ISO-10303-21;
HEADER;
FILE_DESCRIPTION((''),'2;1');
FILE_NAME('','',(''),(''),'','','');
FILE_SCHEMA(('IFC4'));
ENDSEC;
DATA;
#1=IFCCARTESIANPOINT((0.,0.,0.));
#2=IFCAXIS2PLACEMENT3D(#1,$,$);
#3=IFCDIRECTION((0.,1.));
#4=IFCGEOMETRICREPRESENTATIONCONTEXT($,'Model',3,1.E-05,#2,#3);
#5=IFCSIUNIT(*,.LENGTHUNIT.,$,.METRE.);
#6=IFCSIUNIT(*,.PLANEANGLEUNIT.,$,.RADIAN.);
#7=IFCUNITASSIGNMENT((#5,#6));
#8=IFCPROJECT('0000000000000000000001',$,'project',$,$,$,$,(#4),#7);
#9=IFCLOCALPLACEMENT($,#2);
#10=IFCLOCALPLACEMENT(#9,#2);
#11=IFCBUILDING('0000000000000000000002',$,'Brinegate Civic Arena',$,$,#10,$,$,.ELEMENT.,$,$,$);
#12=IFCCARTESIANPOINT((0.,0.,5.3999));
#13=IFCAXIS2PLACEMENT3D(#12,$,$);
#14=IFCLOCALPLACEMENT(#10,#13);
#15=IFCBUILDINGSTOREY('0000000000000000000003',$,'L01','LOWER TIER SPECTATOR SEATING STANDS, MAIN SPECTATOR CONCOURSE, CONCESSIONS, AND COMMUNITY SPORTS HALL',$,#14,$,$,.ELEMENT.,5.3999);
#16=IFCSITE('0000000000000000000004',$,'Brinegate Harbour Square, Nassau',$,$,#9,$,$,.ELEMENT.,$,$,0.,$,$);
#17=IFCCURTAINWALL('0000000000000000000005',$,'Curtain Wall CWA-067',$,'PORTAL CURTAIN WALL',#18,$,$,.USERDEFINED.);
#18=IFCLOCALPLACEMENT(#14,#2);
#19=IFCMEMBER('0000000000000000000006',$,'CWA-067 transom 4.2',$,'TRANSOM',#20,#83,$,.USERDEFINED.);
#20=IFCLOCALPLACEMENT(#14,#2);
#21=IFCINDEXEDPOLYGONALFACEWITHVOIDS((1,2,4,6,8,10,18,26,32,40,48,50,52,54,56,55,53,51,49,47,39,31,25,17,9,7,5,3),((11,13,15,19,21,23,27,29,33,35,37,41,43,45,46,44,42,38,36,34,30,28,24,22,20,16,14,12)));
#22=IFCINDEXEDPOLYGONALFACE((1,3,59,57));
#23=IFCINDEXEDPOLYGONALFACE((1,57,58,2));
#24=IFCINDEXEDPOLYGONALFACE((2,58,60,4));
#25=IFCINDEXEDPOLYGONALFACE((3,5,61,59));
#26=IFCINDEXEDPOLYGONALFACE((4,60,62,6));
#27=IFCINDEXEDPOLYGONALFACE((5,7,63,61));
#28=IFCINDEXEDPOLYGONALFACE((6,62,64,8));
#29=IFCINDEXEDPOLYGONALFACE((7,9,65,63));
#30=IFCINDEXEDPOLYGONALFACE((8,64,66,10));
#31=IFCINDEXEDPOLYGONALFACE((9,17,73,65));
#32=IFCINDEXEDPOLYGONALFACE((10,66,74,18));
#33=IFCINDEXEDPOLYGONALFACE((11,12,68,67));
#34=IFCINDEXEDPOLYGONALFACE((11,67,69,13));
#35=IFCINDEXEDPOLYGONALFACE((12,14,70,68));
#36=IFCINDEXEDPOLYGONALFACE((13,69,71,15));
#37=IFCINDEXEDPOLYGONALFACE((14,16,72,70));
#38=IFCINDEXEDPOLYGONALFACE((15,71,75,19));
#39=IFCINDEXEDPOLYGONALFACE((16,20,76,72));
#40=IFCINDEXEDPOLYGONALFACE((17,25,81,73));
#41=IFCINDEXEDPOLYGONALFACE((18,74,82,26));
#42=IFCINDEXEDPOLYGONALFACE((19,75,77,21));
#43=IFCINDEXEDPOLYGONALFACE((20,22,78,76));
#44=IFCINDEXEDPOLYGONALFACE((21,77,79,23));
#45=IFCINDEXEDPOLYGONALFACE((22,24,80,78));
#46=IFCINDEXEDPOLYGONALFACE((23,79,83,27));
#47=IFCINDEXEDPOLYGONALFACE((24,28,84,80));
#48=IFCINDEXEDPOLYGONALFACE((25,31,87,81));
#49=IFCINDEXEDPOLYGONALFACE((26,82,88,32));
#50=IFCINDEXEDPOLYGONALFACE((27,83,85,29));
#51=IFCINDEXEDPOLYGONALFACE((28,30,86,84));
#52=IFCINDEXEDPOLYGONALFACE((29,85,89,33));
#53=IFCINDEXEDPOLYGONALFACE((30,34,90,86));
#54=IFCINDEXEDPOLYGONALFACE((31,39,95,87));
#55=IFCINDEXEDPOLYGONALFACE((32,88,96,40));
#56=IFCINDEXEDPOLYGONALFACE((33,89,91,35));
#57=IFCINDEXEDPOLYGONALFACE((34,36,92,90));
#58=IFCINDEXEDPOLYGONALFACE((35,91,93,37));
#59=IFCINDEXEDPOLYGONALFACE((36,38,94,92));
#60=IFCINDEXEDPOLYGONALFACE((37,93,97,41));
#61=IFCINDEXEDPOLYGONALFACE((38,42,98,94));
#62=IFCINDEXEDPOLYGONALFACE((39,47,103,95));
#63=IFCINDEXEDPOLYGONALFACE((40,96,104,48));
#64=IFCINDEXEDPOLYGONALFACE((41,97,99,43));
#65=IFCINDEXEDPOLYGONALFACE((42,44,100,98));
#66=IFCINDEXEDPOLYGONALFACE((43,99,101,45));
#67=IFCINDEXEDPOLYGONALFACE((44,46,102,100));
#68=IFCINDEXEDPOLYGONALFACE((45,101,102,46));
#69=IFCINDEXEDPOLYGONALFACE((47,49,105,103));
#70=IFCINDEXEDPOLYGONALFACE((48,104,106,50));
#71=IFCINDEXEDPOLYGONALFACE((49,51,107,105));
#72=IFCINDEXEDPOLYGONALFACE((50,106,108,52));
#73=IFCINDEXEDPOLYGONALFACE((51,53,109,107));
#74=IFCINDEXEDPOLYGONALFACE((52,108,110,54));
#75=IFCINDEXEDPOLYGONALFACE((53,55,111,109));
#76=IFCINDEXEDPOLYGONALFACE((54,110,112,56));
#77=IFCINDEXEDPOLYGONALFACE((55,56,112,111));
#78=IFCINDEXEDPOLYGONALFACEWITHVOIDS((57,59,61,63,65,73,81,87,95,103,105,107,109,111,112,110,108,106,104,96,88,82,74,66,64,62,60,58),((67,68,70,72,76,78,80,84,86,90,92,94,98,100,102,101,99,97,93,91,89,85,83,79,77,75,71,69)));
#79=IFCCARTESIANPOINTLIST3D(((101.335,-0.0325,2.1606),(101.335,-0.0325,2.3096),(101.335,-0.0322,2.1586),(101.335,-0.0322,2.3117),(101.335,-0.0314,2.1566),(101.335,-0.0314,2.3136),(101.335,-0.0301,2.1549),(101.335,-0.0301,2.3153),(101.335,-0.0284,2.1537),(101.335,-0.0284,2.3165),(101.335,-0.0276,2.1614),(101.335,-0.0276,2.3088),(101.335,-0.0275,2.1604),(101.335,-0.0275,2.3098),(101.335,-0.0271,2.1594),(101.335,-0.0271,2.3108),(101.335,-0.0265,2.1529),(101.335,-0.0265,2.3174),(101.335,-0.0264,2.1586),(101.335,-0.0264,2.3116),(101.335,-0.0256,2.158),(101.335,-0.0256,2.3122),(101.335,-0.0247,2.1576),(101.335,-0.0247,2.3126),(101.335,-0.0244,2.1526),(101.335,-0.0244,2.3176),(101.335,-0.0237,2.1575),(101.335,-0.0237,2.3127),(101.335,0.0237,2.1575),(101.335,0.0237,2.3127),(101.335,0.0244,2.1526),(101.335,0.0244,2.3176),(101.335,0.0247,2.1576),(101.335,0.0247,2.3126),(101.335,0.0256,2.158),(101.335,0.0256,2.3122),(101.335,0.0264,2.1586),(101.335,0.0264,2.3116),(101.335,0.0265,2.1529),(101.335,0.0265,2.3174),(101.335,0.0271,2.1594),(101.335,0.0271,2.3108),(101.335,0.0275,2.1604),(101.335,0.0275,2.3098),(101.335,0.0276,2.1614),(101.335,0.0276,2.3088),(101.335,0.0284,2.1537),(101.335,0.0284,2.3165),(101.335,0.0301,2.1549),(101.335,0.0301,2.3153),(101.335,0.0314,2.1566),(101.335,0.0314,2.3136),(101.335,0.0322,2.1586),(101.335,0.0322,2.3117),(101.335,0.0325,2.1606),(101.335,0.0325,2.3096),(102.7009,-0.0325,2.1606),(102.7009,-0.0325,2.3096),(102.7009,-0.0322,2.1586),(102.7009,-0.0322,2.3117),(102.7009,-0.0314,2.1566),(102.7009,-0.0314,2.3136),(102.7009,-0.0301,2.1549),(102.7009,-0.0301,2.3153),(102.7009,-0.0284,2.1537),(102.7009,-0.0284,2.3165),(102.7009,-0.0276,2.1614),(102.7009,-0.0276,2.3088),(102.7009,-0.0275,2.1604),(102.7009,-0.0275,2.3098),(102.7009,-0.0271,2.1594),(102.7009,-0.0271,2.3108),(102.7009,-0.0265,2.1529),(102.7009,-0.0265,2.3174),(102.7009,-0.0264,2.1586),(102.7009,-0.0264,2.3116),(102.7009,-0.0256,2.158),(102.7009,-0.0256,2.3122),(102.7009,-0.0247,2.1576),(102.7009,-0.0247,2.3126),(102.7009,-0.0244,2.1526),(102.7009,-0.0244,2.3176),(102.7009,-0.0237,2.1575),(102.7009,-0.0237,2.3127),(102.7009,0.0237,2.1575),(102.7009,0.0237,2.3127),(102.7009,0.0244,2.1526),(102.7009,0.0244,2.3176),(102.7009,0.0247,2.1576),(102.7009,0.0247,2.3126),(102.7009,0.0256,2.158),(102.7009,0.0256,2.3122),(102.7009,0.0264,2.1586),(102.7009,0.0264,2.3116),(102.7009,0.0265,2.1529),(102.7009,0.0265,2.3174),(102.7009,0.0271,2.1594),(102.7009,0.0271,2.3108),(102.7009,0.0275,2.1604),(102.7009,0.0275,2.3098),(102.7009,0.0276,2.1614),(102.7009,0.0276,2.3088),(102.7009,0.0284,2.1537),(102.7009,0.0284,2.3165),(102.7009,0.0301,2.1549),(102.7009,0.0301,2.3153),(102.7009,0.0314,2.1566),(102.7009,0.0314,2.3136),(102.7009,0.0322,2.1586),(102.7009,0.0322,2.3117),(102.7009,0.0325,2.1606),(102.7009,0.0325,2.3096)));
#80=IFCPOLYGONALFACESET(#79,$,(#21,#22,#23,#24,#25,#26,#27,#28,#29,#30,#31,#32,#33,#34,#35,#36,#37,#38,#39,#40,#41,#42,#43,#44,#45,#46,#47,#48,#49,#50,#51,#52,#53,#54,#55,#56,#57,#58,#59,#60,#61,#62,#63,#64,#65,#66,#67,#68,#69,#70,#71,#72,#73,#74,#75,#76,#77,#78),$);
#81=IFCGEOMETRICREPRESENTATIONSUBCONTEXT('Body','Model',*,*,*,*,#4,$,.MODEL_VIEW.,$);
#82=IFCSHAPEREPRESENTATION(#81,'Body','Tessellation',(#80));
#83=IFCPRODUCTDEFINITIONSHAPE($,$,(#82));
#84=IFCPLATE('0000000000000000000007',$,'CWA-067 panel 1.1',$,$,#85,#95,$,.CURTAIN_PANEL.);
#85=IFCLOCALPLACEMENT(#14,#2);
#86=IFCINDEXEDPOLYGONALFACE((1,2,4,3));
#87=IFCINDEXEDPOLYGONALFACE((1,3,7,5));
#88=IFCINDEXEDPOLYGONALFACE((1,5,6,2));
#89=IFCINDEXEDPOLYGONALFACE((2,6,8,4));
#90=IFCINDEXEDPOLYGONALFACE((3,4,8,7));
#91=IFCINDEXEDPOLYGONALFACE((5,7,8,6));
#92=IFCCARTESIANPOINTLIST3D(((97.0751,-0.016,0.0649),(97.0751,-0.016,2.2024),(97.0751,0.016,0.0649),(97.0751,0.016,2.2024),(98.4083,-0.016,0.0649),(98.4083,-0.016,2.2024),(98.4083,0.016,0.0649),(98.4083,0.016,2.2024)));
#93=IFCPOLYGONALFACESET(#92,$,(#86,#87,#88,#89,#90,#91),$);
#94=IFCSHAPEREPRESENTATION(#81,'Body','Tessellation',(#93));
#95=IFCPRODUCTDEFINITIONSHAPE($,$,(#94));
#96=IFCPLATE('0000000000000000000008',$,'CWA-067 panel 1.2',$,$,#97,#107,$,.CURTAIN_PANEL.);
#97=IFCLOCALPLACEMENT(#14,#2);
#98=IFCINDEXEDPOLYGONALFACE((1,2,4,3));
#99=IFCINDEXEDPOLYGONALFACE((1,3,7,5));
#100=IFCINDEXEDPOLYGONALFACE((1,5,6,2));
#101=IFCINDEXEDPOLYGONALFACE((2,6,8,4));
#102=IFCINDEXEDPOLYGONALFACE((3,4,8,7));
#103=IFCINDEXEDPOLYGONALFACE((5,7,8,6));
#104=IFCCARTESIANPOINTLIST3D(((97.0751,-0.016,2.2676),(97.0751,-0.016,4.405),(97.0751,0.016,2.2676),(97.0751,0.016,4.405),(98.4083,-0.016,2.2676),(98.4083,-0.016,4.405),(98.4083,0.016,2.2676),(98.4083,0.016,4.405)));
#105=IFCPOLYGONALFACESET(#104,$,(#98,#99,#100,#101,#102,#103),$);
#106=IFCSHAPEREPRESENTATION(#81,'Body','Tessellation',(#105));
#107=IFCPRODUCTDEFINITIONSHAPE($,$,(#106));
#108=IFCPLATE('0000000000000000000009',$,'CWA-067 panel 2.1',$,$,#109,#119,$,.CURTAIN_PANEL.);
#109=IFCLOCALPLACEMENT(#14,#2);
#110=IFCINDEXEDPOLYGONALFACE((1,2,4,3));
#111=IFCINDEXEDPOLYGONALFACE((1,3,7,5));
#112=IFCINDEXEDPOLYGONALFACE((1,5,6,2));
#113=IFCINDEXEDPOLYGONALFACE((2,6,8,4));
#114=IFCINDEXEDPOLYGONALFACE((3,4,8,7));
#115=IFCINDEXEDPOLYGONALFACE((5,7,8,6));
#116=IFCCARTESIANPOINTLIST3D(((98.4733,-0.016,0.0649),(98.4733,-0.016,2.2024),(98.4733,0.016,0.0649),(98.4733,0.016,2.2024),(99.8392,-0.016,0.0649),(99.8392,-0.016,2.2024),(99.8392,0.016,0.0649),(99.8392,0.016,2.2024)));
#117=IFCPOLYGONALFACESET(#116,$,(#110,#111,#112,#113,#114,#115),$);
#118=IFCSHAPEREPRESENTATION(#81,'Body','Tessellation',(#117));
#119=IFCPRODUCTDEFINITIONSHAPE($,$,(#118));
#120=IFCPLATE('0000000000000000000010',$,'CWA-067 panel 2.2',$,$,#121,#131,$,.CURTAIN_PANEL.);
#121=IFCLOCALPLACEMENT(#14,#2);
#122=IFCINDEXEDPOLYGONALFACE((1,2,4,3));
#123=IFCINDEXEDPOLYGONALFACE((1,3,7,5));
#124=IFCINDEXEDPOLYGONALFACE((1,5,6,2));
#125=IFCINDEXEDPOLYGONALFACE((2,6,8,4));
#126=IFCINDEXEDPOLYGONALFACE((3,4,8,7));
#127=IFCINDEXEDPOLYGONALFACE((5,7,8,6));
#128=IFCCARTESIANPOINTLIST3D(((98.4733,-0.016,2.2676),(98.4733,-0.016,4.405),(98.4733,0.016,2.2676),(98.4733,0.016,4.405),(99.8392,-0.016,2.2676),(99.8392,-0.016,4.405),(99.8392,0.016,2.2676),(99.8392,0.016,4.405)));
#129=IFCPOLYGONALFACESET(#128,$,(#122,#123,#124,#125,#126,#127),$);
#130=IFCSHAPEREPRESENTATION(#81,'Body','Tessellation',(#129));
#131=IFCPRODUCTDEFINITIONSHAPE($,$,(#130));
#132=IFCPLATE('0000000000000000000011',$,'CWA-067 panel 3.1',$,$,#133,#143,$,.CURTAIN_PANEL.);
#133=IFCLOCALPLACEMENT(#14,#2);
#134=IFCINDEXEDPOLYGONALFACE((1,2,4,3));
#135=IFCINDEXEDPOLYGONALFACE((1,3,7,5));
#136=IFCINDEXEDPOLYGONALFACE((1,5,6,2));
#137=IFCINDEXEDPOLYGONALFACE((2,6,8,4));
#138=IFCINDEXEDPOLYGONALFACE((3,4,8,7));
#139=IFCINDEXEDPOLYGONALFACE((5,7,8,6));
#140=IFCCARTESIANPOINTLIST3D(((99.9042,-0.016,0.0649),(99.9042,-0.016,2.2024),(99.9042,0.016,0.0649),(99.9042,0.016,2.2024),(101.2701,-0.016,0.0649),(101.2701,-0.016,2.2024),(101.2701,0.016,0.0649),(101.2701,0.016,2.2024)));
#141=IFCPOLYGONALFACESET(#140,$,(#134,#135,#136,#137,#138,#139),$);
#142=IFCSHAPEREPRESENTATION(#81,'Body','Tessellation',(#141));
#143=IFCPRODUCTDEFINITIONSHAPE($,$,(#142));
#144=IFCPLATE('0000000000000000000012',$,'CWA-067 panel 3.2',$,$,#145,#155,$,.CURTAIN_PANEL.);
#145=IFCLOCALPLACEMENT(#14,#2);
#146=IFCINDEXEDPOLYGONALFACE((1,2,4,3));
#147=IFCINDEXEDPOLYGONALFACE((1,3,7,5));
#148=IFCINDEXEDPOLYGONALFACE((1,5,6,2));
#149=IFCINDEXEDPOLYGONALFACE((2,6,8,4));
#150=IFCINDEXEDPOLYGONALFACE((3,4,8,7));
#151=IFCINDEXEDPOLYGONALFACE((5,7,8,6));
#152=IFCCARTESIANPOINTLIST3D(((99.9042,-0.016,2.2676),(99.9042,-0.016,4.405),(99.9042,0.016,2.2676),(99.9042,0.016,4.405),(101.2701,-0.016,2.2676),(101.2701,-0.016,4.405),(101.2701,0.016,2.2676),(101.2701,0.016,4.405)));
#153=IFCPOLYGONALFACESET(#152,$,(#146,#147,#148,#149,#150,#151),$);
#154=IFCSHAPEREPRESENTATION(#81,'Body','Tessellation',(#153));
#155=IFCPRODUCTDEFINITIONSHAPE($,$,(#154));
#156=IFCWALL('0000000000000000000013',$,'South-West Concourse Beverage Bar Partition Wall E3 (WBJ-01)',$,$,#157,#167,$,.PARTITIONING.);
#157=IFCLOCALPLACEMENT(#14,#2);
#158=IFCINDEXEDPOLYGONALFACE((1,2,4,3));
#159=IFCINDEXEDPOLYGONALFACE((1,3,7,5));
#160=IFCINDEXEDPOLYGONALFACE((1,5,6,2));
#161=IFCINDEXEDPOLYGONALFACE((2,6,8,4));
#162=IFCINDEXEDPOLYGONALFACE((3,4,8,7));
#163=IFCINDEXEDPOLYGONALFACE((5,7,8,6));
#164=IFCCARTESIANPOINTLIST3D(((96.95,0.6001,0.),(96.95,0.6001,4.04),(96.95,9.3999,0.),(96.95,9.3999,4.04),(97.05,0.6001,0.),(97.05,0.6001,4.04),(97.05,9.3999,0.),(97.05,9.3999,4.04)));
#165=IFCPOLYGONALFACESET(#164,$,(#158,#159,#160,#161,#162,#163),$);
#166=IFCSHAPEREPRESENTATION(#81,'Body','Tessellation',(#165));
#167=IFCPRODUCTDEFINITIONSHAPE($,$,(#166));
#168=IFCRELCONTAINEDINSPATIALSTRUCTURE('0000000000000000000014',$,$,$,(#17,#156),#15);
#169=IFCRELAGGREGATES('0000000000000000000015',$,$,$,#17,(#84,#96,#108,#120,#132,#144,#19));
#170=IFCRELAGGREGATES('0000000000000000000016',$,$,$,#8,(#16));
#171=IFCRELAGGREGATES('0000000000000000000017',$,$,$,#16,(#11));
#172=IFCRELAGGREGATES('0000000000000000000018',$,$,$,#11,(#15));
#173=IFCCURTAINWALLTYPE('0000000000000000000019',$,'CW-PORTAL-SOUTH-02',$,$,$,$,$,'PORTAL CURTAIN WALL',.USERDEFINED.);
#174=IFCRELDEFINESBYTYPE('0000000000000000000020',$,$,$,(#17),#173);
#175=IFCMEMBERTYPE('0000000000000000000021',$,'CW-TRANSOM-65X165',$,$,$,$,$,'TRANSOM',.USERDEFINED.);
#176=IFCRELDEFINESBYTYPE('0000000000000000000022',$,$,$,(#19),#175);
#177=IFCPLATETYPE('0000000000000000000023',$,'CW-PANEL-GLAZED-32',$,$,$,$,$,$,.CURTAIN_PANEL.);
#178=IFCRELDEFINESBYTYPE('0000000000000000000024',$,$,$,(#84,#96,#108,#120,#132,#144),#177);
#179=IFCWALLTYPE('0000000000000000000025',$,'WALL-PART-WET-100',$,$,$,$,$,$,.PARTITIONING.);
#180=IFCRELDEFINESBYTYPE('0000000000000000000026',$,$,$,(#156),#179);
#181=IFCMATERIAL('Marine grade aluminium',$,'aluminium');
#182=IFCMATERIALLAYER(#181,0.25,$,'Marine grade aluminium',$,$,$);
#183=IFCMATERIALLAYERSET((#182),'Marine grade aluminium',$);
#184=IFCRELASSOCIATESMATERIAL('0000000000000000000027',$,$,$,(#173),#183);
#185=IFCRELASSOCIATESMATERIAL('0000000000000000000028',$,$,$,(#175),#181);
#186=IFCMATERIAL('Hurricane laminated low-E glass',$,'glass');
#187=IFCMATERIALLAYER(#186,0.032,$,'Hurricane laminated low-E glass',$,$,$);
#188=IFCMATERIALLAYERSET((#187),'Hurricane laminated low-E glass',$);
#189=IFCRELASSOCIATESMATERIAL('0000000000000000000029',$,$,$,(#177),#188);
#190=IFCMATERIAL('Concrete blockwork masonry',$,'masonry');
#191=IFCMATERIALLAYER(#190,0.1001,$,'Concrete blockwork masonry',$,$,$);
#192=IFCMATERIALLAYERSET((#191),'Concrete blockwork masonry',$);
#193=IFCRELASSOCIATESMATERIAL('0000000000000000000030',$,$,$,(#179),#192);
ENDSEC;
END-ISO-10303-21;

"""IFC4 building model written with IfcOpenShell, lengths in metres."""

from ifc_helpers import new_model, si_unit, direction, frame, frame_2d, origin, origin_2d, place, context, subcontext, project, spatial, rectangle, hollow_rectangle, extrude, material, layer, layer_set, material_profile, profile_set, type_object, element, aggregate, save


model = new_model("IFC4")

# Units and contexts
model_context = context("Model", 3, precision=1e-05, world=origin(), true_north=direction((0.0, 1.0)))
body_context = subcontext(model_context, "Body", "Model", "MODEL_VIEW")
ifc_project = project(units=[si_unit("LENGTHUNIT", "METRE"), si_unit("PLANEANGLEUNIT", "RADIAN")], contexts=[model_context])

# Site, building, storey
site_placement = place(None, origin())
site = spatial("IfcSite", under=ifc_project, at=site_placement, Name="Brinegate Harbour Square, Nassau", CompositionType="ELEMENT", RefElevation=0.0)
building_placement = place(site_placement, origin())
building = spatial("IfcBuilding", under=site, at=building_placement, Name="Brinegate Civic Arena", CompositionType="ELEMENT")
storey_placement = place(building_placement, frame((0.0, 0.0, 5.3999)))
storey = spatial("IfcBuildingStorey", under=building, at=storey_placement, Name="L01", Description="LOWER TIER SPECTATOR SEATING STANDS, MAIN SPECTATOR CONCOURSE, CONCESSIONS, AND COMMUNITY SPORTS HALL", CompositionType="ELEMENT", Elevation=5.3999)

# Curtain wall, member, plates
ifc_material_1 = material(Name="Marine grade aluminium", Category="aluminium")
ifc_layer_1 = layer(ifc_material_1, 0.25, Name="Marine grade aluminium")
ifc_layer_set_1 = layer_set([ifc_layer_1], Name="Marine grade aluminium")
curtain_wall_type = type_object("IfcCurtainWallType", Name="CW-PORTAL-SOUTH-02", ElementType="PORTAL CURTAIN WALL", PredefinedType="USERDEFINED", material=ifc_layer_set_1)
curtain_wall_placement = place(storey_placement, origin())
curtain_wall = element("IfcCurtainWall", 1, at=curtain_wall_placement, inside=storey, type_object=curtain_wall_type, Name="Curtain Wall CWA-067", ObjectType="PORTAL CURTAIN WALL", PredefinedType="USERDEFINED")
ifc_material_profile_1 = material_profile(ifc_material_1, hollow_rectangle(XDim=0.0649, YDim=0.165, WallThickness=0.0049, InnerFilletRadius=0.0039, OuterFilletRadius=0.0081, at=origin_2d()), Name="TRN65X165")
ifc_profile_set_1 = profile_set([ifc_material_profile_1], Name="Marine grade aluminium")
member_type_1 = type_object("IfcMemberType", Name="CW-TRANSOM-65X165", ElementType="TRANSOM", PredefinedType="USERDEFINED", material=ifc_profile_set_1)
member_1_placement = place(storey_placement, frame((101.335, 0.0, 2.2351), z_axis=(1.0, 0.0, 0.0), x_axis=(0.0, 1.0, 0.0)))
member_1 = element("IfcMember", 2, at=member_1_placement, type_object=member_type_1, Name="CWA-067 transom 4.2", ObjectType="TRANSOM", PredefinedType="USERDEFINED", context=body_context, shape_type="SweptSolid", body=[
    extrude(hollow_rectangle(XDim=0.0649, YDim=0.165, WallThickness=0.0049, InnerFilletRadius=0.0039, OuterFilletRadius=0.0081, at=origin_2d()), origin(), (0.0, 0.0, 1.0), 1.366),
])
ifc_material_2 = material(Name="Hurricane laminated low-E glass", Category="glass")
ifc_layer_2 = layer(ifc_material_2, 0.032, Name="Hurricane laminated low-E glass")
ifc_layer_set_2 = layer_set([ifc_layer_2], Name="Hurricane laminated low-E glass")
plate_type = type_object("IfcPlateType", Name="CW-PANEL-GLAZED-32", PredefinedType="CURTAIN_PANEL", material=ifc_layer_set_2)
plate_1_placement = place(storey_placement, frame((97.7417, 0.0, 0.0649), z_axis=(0.0, 0.0, 1.0), x_axis=(1.0, 0.0, 0.0)))
plate_1 = element("IfcPlate", 3, at=plate_1_placement, type_object=plate_type, Name="CWA-067 panel 1.1", PredefinedType="CURTAIN_PANEL", context=body_context, shape_type="SweptSolid", body=[
    extrude(rectangle(XDim=1.3333, YDim=0.032, at=origin_2d()), origin(), (0.0, 0.0, 1.0), 2.1375),
])
plate_2_placement = place(storey_placement, frame((97.7417, 0.0, 2.2676), z_axis=(0.0, 0.0, 1.0), x_axis=(1.0, 0.0, 0.0)))
plate_2 = element("IfcPlate", 4, at=plate_2_placement, type_object=plate_type, Name="CWA-067 panel 1.2", PredefinedType="CURTAIN_PANEL", context=body_context, shape_type="SweptSolid", body=[
    extrude(rectangle(XDim=1.3333, YDim=0.032, at=origin_2d()), origin(), (0.0, 0.0, 1.0), 2.1375),
])
plate_3_placement = place(storey_placement, frame((99.1562, 0.0, 0.0649), z_axis=(0.0, 0.0, 1.0), x_axis=(1.0, 0.0, 0.0)))
plate_3 = element("IfcPlate", 5, at=plate_3_placement, type_object=plate_type, Name="CWA-067 panel 2.1", PredefinedType="CURTAIN_PANEL", context=body_context, shape_type="SweptSolid", body=[
    extrude(rectangle(XDim=1.366, YDim=0.032, at=origin_2d()), origin(), (0.0, 0.0, 1.0), 2.1375),
])
plate_4_placement = place(storey_placement, frame((99.1562, 0.0, 2.2676), z_axis=(0.0, 0.0, 1.0), x_axis=(1.0, 0.0, 0.0)))
plate_4 = element("IfcPlate", 6, at=plate_4_placement, type_object=plate_type, Name="CWA-067 panel 2.2", PredefinedType="CURTAIN_PANEL", context=body_context, shape_type="SweptSolid", body=[
    extrude(rectangle(XDim=1.366, YDim=0.032, at=origin_2d()), origin(), (0.0, 0.0, 1.0), 2.1375),
])
plate_5_placement = place(storey_placement, frame((100.5872, 0.0, 0.0649), z_axis=(0.0, 0.0, 1.0), x_axis=(1.0, 0.0, 0.0)))
plate_5 = element("IfcPlate", 7, at=plate_5_placement, type_object=plate_type, Name="CWA-067 panel 3.1", PredefinedType="CURTAIN_PANEL", context=body_context, shape_type="SweptSolid", body=[
    extrude(rectangle(XDim=1.366, YDim=0.032, at=origin_2d()), origin(), (0.0, 0.0, 1.0), 2.1375),
])
plate_6_placement = place(storey_placement, frame((100.5872, 0.0, 2.2676), z_axis=(0.0, 0.0, 1.0), x_axis=(1.0, 0.0, 0.0)))
plate_6 = element("IfcPlate", 8, at=plate_6_placement, type_object=plate_type, Name="CWA-067 panel 3.2", PredefinedType="CURTAIN_PANEL", context=body_context, shape_type="SweptSolid", body=[
    extrude(rectangle(XDim=1.366, YDim=0.032, at=origin_2d()), origin(), (0.0, 0.0, 1.0), 2.1375),
])
aggregate(curtain_wall, [plate_1, plate_2, plate_3, plate_4, plate_5, plate_6, member_1])

# Wall
ifc_material_3 = material(Name="Concrete blockwork masonry", Category="masonry")
ifc_layer_3 = layer(ifc_material_3, 0.1001, Name="Concrete blockwork masonry")
ifc_layer_set_3 = layer_set([ifc_layer_3], Name="Concrete blockwork masonry")
wall_type = type_object("IfcWallType", Name="WALL-PART-WET-100", PredefinedType="PARTITIONING", material=ifc_layer_set_3)
wall_placement = place(storey_placement, frame((97.0, 0.6001, 0.0), z_axis=(0.0, 0.0, 1.0), x_axis=(0.0, 1.0, 0.0)))
element("IfcWall", 9, at=wall_placement, inside=storey, type_object=wall_type, Name="South-West Concourse Beverage Bar Partition Wall E3 (WBJ-01)", PredefinedType="PARTITIONING", context=body_context, shape_type="SweptSolid", body=[
    extrude(rectangle(XDim=8.7998, YDim=0.1001, at=frame_2d((4.3999, 0.0))), origin(), (0.0, 0.0, 1.0), 4.04),
])

save(model, "model.ifc")
